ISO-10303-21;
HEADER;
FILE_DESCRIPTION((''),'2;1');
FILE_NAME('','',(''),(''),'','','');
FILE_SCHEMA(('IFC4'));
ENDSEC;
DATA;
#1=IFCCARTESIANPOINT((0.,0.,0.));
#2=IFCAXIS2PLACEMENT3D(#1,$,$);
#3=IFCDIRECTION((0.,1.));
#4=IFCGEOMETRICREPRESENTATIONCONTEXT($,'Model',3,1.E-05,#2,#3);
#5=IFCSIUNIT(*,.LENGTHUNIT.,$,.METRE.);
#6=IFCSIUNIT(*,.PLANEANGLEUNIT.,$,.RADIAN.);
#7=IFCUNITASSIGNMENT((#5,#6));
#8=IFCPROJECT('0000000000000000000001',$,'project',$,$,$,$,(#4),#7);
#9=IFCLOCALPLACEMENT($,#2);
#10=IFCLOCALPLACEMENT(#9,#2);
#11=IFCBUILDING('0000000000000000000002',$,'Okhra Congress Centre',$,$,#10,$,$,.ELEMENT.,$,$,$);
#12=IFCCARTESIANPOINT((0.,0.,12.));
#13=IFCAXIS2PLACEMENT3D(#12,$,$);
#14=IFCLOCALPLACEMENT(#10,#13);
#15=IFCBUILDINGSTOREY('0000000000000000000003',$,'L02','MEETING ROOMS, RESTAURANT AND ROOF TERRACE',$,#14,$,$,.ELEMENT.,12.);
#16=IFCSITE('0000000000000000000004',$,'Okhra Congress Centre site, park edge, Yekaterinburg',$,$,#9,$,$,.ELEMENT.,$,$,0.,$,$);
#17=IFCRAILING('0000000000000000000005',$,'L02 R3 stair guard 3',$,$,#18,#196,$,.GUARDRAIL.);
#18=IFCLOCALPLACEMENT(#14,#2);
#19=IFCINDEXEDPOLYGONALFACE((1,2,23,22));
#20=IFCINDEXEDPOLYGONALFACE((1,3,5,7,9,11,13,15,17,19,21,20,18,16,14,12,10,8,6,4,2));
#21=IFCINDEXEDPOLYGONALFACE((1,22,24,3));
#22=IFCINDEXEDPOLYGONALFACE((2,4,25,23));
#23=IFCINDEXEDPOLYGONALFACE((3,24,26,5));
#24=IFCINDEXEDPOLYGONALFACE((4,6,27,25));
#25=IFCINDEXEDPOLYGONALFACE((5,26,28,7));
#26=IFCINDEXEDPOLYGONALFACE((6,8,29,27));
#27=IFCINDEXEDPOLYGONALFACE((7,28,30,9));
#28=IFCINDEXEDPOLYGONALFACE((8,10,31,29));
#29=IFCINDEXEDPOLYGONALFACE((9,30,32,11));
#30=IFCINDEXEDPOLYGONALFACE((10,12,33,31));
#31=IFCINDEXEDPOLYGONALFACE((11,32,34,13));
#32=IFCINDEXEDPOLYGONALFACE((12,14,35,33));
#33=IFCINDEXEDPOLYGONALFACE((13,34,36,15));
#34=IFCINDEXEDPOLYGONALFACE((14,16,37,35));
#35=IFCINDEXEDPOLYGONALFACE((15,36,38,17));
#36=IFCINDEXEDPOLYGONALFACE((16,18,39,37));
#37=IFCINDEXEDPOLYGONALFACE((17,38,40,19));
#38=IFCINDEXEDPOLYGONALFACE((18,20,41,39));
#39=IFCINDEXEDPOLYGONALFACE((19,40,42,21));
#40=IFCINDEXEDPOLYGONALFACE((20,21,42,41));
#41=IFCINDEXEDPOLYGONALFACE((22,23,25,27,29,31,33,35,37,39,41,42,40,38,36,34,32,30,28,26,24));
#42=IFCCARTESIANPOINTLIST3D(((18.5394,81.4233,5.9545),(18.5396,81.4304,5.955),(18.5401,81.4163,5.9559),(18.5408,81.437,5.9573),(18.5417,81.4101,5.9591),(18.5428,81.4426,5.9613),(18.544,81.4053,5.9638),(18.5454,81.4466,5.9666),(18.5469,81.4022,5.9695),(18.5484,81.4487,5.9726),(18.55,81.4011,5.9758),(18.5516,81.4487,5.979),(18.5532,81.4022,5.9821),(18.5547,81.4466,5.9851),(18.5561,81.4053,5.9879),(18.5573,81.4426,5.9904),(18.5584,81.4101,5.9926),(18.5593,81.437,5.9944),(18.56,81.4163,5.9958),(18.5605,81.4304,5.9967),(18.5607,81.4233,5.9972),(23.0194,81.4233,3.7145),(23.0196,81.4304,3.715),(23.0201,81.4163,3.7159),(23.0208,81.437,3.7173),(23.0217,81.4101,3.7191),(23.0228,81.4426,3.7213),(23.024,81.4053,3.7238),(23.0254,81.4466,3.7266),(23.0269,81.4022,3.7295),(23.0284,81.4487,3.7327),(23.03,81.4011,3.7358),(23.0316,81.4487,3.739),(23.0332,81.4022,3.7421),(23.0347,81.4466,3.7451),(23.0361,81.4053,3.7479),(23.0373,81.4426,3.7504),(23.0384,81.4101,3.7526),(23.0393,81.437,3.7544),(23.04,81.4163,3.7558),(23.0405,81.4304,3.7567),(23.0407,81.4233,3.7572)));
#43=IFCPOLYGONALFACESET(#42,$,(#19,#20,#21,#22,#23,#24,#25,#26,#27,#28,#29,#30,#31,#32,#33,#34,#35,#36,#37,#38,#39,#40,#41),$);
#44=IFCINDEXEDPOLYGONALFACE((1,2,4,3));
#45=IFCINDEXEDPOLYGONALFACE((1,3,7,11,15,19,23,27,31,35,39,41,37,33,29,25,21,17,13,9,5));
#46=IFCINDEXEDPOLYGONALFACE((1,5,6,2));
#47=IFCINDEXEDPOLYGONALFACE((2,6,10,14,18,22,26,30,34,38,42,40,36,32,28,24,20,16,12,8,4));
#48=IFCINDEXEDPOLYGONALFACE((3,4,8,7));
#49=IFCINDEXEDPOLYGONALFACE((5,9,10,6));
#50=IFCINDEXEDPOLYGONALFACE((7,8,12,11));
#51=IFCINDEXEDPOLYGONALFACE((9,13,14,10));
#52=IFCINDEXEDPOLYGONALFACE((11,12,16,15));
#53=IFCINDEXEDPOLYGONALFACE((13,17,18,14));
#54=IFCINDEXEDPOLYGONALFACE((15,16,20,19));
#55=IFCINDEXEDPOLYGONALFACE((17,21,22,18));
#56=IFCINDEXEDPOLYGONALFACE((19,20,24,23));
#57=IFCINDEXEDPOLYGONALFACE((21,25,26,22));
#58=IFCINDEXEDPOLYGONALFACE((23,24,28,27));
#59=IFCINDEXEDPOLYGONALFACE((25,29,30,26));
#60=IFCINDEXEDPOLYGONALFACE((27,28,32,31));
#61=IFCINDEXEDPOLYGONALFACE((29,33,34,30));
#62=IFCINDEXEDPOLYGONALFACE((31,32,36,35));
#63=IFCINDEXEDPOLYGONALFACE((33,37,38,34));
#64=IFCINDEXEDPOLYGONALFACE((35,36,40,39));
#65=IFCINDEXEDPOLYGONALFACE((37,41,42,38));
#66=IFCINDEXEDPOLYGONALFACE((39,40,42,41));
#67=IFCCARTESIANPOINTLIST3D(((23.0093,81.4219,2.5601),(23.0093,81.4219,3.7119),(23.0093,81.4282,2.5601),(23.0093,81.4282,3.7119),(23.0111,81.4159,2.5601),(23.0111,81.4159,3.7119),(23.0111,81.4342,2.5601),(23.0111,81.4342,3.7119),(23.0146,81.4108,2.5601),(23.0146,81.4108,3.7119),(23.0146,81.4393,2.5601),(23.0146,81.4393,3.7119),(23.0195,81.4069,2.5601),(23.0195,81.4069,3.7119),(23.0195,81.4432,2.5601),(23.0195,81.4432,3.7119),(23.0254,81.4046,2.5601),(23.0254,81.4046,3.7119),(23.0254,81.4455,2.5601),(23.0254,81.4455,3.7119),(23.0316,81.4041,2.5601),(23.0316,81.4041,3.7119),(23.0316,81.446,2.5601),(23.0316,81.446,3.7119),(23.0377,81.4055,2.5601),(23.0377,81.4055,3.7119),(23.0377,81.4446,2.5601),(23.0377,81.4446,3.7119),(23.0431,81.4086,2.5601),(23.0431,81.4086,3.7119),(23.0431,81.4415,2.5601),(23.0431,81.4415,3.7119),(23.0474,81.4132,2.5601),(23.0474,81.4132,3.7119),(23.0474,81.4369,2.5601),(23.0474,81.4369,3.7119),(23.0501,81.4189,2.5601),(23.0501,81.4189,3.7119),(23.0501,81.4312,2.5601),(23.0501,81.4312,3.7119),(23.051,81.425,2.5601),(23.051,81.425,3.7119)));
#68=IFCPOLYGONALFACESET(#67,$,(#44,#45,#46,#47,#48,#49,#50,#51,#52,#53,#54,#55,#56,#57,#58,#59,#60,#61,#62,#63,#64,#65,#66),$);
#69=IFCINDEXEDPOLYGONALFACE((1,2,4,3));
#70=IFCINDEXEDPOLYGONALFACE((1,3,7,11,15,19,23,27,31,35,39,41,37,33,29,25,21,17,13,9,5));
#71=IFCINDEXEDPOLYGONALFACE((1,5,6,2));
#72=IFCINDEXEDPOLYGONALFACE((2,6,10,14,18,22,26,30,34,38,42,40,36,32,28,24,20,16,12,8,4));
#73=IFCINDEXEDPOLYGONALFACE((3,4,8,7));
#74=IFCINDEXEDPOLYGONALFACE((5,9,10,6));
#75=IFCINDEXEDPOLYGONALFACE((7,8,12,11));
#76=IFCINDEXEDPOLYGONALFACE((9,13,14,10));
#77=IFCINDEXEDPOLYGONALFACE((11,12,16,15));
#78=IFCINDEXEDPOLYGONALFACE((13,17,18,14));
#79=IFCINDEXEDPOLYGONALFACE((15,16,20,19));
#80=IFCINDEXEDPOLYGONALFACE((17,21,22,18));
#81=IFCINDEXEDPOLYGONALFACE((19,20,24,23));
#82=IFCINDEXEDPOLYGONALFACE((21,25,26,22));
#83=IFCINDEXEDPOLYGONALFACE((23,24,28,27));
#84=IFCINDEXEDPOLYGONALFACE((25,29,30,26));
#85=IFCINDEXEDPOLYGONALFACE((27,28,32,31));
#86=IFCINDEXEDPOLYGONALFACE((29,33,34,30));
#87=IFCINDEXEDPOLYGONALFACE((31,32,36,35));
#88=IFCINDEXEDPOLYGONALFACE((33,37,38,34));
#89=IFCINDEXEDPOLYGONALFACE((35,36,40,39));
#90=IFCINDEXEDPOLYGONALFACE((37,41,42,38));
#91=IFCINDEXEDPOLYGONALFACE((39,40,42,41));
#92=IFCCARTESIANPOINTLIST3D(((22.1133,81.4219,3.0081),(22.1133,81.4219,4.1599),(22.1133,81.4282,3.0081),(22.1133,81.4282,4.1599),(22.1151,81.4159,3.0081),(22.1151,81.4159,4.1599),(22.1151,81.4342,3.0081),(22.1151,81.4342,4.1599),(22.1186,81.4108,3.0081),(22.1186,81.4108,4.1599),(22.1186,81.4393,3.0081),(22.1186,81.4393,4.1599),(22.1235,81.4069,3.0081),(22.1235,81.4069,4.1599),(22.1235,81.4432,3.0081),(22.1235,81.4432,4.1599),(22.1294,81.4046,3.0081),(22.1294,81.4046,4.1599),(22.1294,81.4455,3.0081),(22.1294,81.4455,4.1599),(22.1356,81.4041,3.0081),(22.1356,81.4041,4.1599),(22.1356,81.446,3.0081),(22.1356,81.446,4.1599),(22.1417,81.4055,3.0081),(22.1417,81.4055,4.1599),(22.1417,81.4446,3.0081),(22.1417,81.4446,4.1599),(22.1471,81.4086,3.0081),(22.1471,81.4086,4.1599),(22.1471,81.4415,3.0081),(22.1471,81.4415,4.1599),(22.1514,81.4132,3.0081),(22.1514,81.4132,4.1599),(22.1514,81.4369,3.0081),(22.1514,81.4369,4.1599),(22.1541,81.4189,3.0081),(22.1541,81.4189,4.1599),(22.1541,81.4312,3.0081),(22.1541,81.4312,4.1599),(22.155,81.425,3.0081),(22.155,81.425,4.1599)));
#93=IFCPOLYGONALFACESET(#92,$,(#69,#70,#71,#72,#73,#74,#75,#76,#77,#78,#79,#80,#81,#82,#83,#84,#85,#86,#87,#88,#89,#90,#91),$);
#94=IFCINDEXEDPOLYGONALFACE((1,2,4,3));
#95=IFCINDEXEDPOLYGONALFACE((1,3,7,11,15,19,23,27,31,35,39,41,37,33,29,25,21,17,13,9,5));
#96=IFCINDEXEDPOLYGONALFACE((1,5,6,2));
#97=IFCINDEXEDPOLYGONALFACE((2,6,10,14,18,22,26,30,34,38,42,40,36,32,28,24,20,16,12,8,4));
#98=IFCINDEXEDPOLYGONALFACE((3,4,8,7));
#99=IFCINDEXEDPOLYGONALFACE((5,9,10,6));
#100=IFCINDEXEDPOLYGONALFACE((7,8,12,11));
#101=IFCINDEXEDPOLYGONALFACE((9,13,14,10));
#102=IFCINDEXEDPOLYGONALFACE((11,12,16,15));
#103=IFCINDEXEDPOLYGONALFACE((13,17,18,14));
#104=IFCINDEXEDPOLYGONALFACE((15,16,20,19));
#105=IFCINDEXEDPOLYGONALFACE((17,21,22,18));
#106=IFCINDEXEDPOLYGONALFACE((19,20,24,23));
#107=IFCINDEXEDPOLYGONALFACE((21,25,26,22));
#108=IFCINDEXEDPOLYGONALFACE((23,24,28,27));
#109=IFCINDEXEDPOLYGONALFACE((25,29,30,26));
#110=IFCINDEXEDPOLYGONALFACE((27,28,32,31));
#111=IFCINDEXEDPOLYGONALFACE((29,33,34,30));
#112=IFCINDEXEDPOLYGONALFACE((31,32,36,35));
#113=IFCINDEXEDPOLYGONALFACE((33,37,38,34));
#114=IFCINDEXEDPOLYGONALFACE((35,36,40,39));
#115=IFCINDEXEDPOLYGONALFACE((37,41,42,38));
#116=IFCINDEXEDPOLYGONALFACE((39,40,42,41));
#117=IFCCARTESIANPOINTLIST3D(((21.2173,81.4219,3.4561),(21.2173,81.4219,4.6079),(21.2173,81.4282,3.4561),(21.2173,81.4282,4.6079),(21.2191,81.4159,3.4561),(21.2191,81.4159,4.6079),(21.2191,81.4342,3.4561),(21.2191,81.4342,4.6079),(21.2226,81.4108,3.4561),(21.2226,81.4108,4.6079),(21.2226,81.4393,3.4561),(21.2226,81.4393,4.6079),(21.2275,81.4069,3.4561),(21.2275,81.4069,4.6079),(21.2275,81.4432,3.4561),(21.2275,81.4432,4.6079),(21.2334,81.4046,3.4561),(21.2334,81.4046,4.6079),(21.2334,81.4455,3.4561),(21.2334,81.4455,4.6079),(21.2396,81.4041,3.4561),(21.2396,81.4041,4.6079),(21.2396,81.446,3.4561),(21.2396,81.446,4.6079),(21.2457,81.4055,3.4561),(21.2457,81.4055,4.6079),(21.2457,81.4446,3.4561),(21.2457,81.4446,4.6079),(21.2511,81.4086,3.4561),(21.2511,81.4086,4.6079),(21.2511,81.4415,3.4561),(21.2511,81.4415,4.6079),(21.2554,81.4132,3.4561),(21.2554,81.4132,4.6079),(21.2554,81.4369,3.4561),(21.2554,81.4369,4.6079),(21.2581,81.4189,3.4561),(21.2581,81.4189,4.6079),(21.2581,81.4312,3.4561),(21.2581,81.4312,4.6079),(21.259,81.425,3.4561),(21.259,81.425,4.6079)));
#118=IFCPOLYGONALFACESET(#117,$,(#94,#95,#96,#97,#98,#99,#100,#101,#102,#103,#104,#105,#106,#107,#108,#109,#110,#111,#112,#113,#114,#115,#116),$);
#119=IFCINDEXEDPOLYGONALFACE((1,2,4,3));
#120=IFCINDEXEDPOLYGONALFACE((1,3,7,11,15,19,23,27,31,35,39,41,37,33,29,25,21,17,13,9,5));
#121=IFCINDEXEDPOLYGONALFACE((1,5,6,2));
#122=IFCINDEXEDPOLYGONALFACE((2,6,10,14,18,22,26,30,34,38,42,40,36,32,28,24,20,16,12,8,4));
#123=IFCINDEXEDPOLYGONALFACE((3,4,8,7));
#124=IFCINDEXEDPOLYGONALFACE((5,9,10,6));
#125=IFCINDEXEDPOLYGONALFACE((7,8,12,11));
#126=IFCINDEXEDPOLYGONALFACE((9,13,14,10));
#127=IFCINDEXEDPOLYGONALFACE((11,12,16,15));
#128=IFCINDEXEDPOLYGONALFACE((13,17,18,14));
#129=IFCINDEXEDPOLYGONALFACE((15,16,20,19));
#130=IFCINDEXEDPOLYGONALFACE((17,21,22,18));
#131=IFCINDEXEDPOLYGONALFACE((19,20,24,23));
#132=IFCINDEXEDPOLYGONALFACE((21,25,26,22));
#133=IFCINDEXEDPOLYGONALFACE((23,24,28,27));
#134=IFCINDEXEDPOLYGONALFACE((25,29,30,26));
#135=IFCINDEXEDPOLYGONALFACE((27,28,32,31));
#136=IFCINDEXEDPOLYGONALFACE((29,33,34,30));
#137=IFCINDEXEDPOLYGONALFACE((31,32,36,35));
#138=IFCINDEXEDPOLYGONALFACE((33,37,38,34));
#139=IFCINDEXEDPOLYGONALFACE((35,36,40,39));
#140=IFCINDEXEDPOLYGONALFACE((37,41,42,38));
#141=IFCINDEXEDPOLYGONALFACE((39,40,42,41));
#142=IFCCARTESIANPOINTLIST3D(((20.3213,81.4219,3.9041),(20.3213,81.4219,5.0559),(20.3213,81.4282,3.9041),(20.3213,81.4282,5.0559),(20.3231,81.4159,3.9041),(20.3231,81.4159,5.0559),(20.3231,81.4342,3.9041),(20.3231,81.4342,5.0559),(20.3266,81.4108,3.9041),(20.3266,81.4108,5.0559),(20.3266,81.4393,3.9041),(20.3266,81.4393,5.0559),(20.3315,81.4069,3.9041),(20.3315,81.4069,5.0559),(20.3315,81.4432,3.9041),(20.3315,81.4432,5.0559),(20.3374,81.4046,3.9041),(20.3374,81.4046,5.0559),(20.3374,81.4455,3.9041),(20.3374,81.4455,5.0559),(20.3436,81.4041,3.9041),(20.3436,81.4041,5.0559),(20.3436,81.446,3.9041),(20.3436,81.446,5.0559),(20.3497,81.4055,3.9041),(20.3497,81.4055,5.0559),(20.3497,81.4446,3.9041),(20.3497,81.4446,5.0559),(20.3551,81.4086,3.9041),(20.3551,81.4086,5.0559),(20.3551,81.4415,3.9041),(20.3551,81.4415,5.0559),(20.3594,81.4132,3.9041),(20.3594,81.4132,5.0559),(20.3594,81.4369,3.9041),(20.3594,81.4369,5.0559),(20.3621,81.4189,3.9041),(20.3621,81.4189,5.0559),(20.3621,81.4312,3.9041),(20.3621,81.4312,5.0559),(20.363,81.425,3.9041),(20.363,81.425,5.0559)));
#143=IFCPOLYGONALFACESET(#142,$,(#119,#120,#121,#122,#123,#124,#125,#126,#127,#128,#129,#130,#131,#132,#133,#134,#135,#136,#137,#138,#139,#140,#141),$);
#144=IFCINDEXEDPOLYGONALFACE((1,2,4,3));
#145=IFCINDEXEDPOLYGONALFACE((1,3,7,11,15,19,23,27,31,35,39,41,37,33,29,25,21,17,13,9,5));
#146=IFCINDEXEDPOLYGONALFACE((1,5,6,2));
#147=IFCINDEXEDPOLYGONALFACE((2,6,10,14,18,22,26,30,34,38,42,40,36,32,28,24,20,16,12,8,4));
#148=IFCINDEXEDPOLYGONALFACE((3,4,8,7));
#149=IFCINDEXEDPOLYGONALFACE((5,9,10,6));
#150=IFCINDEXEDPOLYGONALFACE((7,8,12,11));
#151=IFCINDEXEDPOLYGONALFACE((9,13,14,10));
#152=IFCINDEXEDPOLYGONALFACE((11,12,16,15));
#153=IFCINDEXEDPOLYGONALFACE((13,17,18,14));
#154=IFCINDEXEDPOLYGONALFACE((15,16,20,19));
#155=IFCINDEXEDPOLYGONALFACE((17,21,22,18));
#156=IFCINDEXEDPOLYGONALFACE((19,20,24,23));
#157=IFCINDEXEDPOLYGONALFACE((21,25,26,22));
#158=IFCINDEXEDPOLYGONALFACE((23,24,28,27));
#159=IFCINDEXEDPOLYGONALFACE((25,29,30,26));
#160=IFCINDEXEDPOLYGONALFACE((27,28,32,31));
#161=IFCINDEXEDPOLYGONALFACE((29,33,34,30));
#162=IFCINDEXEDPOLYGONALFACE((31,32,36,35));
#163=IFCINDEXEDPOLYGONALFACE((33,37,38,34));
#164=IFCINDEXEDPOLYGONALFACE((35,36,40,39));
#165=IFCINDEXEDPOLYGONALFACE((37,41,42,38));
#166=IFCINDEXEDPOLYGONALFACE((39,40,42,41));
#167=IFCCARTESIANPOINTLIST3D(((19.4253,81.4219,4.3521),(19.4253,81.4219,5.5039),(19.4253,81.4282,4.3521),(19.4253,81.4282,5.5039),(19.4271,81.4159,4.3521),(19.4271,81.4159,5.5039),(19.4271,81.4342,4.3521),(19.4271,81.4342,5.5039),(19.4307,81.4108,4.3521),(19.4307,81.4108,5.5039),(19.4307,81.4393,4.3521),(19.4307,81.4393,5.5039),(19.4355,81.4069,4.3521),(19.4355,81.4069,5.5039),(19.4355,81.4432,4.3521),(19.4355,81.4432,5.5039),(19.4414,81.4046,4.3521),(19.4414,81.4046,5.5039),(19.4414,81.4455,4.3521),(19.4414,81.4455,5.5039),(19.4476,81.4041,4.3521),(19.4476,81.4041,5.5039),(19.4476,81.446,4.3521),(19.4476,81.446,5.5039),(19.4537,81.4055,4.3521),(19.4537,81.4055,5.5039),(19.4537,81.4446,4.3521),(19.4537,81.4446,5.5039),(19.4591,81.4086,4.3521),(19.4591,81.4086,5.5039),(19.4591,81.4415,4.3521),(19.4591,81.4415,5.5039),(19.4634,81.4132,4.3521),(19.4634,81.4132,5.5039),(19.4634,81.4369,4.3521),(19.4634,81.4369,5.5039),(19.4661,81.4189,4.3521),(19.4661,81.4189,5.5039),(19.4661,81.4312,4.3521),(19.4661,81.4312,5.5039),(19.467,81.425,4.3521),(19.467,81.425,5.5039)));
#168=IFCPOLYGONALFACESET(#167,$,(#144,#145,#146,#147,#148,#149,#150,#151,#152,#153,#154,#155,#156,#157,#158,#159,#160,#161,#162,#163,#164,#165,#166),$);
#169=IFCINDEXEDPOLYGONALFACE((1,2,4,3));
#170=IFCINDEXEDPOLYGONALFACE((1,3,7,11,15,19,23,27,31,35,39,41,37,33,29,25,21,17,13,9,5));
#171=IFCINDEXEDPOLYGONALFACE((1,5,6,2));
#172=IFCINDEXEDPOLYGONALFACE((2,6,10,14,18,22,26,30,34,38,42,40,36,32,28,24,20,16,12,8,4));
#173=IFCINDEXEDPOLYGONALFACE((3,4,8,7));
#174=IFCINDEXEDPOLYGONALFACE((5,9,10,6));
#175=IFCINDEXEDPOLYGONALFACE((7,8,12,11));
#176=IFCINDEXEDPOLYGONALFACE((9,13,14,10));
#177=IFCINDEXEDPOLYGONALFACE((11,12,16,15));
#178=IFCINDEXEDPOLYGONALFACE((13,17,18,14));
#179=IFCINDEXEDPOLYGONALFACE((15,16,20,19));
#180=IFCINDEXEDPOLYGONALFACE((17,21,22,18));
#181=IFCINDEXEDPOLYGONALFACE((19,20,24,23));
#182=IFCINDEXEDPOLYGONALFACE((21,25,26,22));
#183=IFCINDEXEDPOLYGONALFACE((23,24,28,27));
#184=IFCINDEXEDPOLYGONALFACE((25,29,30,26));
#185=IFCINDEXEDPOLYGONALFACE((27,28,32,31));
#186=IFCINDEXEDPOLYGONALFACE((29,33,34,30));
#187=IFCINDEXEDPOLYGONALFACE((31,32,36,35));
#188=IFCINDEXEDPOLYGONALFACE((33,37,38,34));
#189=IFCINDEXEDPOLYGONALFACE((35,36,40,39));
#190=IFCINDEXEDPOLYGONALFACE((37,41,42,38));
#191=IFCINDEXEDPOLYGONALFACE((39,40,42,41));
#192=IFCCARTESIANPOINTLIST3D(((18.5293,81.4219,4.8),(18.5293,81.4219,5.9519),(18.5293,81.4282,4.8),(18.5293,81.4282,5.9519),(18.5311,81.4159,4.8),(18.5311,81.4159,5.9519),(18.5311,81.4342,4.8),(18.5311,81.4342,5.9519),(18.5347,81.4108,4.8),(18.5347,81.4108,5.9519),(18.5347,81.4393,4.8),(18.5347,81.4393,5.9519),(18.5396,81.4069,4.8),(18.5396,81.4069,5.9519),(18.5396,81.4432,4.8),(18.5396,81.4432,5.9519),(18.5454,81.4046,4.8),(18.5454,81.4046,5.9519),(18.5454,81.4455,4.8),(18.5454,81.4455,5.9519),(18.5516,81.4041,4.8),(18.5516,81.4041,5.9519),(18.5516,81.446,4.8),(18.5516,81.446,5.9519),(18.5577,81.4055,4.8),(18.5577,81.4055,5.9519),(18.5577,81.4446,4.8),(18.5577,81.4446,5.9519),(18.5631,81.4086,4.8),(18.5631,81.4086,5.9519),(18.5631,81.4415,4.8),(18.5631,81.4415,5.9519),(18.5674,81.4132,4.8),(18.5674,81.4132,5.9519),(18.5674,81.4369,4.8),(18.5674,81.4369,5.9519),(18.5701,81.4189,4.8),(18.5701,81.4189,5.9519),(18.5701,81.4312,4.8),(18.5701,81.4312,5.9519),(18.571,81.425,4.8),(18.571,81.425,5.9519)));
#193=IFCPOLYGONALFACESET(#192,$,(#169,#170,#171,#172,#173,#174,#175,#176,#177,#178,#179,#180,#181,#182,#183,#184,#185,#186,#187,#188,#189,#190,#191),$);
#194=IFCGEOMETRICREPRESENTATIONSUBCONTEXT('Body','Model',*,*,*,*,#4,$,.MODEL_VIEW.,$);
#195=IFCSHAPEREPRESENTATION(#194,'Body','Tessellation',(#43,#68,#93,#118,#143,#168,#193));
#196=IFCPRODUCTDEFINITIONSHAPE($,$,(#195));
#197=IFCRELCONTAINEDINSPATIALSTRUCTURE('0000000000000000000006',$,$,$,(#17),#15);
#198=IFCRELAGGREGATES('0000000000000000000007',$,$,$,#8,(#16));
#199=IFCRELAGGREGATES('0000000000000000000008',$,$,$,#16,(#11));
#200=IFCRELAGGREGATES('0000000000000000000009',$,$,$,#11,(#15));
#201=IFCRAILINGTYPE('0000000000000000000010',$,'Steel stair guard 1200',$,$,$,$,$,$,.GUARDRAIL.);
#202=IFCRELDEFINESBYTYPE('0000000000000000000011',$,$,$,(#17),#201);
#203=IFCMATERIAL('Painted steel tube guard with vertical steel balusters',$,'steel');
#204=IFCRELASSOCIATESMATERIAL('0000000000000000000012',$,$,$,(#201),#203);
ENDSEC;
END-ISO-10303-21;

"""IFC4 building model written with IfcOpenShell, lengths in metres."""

from ifc_helpers import new_model, si_unit, direction, frame, origin, origin_2d, place, context, subcontext, project, spatial, circle, extrude, material, type_object, element, save


model = new_model("IFC4")

# Units and contexts
model_context = context("Model", 3, precision=1e-05, world=origin(), true_north=direction((0.0, 1.0)))
body_context = subcontext(model_context, "Body", "Model", "MODEL_VIEW")
ifc_project = project(units=[si_unit("LENGTHUNIT", "METRE"), si_unit("PLANEANGLEUNIT", "RADIAN")], contexts=[model_context])

# Site, building, storey
site_placement = place(None, origin())
site = spatial("IfcSite", under=ifc_project, at=site_placement, Name="Okhra Congress Centre site, park edge, Yekaterinburg", CompositionType="ELEMENT", RefElevation=0.0)
building_placement = place(site_placement, origin())
building = spatial("IfcBuilding", under=site, at=building_placement, Name="Okhra Congress Centre", CompositionType="ELEMENT")
storey_placement = place(building_placement, frame((0.0, 0.0, 12.0)))
storey = spatial("IfcBuildingStorey", under=building, at=storey_placement, Name="L02", Description="MEETING ROOMS, RESTAURANT AND ROOF TERRACE", CompositionType="ELEMENT", Elevation=12.0)

# Railing
ifc_material_1 = material(Name="Painted steel tube guard with vertical steel balusters", Category="steel")
railing_type_1 = type_object("IfcRailingType", Name="Steel stair guard 1200", PredefinedType="GUARDRAIL", material=ifc_material_1)
railing_1_placement = place(storey_placement, frame((23.03, 81.425, 2.5601)))
element("IfcRailing", 1, at=railing_1_placement, inside=storey, type_object=railing_type_1, Name="L02 R3 stair guard 3", PredefinedType="GUARDRAIL", context=body_context, shape_type="SweptSolid", body=[
    extrude(circle(Radius=0.0239, at=origin_2d()), frame((0.0, 0.0, 1.1758), z_axis=(-0.894427, 0.0, 0.447214), x_axis=(0.0, -1.0, 0.0)), (0.0, 0.0, 1.0), 5.0088),
    extrude(circle(Radius=0.021, at=origin_2d()), origin(), (0.0, 0.0, 1.0), 1.1519),
    extrude(circle(Radius=0.021, at=origin_2d()), frame((-0.896, 0.0, 0.448)), (0.0, 0.0, 1.0), 1.1519),
    extrude(circle(Radius=0.021, at=origin_2d()), frame((-1.792, 0.0, 0.896)), (0.0, 0.0, 1.0), 1.1519),
    extrude(circle(Radius=0.021, at=origin_2d()), frame((-2.688, 0.0, 1.344)), (0.0, 0.0, 1.0), 1.1519),
    extrude(circle(Radius=0.021, at=origin_2d()), frame((-3.584, 0.0, 1.792)), (0.0, 0.0, 1.0), 1.1519),
    extrude(circle(Radius=0.021, at=origin_2d()), frame((-4.48, 0.0, 2.24)), (0.0, 0.0, 1.0), 1.1519),
])

save(model, "model.ifc")
